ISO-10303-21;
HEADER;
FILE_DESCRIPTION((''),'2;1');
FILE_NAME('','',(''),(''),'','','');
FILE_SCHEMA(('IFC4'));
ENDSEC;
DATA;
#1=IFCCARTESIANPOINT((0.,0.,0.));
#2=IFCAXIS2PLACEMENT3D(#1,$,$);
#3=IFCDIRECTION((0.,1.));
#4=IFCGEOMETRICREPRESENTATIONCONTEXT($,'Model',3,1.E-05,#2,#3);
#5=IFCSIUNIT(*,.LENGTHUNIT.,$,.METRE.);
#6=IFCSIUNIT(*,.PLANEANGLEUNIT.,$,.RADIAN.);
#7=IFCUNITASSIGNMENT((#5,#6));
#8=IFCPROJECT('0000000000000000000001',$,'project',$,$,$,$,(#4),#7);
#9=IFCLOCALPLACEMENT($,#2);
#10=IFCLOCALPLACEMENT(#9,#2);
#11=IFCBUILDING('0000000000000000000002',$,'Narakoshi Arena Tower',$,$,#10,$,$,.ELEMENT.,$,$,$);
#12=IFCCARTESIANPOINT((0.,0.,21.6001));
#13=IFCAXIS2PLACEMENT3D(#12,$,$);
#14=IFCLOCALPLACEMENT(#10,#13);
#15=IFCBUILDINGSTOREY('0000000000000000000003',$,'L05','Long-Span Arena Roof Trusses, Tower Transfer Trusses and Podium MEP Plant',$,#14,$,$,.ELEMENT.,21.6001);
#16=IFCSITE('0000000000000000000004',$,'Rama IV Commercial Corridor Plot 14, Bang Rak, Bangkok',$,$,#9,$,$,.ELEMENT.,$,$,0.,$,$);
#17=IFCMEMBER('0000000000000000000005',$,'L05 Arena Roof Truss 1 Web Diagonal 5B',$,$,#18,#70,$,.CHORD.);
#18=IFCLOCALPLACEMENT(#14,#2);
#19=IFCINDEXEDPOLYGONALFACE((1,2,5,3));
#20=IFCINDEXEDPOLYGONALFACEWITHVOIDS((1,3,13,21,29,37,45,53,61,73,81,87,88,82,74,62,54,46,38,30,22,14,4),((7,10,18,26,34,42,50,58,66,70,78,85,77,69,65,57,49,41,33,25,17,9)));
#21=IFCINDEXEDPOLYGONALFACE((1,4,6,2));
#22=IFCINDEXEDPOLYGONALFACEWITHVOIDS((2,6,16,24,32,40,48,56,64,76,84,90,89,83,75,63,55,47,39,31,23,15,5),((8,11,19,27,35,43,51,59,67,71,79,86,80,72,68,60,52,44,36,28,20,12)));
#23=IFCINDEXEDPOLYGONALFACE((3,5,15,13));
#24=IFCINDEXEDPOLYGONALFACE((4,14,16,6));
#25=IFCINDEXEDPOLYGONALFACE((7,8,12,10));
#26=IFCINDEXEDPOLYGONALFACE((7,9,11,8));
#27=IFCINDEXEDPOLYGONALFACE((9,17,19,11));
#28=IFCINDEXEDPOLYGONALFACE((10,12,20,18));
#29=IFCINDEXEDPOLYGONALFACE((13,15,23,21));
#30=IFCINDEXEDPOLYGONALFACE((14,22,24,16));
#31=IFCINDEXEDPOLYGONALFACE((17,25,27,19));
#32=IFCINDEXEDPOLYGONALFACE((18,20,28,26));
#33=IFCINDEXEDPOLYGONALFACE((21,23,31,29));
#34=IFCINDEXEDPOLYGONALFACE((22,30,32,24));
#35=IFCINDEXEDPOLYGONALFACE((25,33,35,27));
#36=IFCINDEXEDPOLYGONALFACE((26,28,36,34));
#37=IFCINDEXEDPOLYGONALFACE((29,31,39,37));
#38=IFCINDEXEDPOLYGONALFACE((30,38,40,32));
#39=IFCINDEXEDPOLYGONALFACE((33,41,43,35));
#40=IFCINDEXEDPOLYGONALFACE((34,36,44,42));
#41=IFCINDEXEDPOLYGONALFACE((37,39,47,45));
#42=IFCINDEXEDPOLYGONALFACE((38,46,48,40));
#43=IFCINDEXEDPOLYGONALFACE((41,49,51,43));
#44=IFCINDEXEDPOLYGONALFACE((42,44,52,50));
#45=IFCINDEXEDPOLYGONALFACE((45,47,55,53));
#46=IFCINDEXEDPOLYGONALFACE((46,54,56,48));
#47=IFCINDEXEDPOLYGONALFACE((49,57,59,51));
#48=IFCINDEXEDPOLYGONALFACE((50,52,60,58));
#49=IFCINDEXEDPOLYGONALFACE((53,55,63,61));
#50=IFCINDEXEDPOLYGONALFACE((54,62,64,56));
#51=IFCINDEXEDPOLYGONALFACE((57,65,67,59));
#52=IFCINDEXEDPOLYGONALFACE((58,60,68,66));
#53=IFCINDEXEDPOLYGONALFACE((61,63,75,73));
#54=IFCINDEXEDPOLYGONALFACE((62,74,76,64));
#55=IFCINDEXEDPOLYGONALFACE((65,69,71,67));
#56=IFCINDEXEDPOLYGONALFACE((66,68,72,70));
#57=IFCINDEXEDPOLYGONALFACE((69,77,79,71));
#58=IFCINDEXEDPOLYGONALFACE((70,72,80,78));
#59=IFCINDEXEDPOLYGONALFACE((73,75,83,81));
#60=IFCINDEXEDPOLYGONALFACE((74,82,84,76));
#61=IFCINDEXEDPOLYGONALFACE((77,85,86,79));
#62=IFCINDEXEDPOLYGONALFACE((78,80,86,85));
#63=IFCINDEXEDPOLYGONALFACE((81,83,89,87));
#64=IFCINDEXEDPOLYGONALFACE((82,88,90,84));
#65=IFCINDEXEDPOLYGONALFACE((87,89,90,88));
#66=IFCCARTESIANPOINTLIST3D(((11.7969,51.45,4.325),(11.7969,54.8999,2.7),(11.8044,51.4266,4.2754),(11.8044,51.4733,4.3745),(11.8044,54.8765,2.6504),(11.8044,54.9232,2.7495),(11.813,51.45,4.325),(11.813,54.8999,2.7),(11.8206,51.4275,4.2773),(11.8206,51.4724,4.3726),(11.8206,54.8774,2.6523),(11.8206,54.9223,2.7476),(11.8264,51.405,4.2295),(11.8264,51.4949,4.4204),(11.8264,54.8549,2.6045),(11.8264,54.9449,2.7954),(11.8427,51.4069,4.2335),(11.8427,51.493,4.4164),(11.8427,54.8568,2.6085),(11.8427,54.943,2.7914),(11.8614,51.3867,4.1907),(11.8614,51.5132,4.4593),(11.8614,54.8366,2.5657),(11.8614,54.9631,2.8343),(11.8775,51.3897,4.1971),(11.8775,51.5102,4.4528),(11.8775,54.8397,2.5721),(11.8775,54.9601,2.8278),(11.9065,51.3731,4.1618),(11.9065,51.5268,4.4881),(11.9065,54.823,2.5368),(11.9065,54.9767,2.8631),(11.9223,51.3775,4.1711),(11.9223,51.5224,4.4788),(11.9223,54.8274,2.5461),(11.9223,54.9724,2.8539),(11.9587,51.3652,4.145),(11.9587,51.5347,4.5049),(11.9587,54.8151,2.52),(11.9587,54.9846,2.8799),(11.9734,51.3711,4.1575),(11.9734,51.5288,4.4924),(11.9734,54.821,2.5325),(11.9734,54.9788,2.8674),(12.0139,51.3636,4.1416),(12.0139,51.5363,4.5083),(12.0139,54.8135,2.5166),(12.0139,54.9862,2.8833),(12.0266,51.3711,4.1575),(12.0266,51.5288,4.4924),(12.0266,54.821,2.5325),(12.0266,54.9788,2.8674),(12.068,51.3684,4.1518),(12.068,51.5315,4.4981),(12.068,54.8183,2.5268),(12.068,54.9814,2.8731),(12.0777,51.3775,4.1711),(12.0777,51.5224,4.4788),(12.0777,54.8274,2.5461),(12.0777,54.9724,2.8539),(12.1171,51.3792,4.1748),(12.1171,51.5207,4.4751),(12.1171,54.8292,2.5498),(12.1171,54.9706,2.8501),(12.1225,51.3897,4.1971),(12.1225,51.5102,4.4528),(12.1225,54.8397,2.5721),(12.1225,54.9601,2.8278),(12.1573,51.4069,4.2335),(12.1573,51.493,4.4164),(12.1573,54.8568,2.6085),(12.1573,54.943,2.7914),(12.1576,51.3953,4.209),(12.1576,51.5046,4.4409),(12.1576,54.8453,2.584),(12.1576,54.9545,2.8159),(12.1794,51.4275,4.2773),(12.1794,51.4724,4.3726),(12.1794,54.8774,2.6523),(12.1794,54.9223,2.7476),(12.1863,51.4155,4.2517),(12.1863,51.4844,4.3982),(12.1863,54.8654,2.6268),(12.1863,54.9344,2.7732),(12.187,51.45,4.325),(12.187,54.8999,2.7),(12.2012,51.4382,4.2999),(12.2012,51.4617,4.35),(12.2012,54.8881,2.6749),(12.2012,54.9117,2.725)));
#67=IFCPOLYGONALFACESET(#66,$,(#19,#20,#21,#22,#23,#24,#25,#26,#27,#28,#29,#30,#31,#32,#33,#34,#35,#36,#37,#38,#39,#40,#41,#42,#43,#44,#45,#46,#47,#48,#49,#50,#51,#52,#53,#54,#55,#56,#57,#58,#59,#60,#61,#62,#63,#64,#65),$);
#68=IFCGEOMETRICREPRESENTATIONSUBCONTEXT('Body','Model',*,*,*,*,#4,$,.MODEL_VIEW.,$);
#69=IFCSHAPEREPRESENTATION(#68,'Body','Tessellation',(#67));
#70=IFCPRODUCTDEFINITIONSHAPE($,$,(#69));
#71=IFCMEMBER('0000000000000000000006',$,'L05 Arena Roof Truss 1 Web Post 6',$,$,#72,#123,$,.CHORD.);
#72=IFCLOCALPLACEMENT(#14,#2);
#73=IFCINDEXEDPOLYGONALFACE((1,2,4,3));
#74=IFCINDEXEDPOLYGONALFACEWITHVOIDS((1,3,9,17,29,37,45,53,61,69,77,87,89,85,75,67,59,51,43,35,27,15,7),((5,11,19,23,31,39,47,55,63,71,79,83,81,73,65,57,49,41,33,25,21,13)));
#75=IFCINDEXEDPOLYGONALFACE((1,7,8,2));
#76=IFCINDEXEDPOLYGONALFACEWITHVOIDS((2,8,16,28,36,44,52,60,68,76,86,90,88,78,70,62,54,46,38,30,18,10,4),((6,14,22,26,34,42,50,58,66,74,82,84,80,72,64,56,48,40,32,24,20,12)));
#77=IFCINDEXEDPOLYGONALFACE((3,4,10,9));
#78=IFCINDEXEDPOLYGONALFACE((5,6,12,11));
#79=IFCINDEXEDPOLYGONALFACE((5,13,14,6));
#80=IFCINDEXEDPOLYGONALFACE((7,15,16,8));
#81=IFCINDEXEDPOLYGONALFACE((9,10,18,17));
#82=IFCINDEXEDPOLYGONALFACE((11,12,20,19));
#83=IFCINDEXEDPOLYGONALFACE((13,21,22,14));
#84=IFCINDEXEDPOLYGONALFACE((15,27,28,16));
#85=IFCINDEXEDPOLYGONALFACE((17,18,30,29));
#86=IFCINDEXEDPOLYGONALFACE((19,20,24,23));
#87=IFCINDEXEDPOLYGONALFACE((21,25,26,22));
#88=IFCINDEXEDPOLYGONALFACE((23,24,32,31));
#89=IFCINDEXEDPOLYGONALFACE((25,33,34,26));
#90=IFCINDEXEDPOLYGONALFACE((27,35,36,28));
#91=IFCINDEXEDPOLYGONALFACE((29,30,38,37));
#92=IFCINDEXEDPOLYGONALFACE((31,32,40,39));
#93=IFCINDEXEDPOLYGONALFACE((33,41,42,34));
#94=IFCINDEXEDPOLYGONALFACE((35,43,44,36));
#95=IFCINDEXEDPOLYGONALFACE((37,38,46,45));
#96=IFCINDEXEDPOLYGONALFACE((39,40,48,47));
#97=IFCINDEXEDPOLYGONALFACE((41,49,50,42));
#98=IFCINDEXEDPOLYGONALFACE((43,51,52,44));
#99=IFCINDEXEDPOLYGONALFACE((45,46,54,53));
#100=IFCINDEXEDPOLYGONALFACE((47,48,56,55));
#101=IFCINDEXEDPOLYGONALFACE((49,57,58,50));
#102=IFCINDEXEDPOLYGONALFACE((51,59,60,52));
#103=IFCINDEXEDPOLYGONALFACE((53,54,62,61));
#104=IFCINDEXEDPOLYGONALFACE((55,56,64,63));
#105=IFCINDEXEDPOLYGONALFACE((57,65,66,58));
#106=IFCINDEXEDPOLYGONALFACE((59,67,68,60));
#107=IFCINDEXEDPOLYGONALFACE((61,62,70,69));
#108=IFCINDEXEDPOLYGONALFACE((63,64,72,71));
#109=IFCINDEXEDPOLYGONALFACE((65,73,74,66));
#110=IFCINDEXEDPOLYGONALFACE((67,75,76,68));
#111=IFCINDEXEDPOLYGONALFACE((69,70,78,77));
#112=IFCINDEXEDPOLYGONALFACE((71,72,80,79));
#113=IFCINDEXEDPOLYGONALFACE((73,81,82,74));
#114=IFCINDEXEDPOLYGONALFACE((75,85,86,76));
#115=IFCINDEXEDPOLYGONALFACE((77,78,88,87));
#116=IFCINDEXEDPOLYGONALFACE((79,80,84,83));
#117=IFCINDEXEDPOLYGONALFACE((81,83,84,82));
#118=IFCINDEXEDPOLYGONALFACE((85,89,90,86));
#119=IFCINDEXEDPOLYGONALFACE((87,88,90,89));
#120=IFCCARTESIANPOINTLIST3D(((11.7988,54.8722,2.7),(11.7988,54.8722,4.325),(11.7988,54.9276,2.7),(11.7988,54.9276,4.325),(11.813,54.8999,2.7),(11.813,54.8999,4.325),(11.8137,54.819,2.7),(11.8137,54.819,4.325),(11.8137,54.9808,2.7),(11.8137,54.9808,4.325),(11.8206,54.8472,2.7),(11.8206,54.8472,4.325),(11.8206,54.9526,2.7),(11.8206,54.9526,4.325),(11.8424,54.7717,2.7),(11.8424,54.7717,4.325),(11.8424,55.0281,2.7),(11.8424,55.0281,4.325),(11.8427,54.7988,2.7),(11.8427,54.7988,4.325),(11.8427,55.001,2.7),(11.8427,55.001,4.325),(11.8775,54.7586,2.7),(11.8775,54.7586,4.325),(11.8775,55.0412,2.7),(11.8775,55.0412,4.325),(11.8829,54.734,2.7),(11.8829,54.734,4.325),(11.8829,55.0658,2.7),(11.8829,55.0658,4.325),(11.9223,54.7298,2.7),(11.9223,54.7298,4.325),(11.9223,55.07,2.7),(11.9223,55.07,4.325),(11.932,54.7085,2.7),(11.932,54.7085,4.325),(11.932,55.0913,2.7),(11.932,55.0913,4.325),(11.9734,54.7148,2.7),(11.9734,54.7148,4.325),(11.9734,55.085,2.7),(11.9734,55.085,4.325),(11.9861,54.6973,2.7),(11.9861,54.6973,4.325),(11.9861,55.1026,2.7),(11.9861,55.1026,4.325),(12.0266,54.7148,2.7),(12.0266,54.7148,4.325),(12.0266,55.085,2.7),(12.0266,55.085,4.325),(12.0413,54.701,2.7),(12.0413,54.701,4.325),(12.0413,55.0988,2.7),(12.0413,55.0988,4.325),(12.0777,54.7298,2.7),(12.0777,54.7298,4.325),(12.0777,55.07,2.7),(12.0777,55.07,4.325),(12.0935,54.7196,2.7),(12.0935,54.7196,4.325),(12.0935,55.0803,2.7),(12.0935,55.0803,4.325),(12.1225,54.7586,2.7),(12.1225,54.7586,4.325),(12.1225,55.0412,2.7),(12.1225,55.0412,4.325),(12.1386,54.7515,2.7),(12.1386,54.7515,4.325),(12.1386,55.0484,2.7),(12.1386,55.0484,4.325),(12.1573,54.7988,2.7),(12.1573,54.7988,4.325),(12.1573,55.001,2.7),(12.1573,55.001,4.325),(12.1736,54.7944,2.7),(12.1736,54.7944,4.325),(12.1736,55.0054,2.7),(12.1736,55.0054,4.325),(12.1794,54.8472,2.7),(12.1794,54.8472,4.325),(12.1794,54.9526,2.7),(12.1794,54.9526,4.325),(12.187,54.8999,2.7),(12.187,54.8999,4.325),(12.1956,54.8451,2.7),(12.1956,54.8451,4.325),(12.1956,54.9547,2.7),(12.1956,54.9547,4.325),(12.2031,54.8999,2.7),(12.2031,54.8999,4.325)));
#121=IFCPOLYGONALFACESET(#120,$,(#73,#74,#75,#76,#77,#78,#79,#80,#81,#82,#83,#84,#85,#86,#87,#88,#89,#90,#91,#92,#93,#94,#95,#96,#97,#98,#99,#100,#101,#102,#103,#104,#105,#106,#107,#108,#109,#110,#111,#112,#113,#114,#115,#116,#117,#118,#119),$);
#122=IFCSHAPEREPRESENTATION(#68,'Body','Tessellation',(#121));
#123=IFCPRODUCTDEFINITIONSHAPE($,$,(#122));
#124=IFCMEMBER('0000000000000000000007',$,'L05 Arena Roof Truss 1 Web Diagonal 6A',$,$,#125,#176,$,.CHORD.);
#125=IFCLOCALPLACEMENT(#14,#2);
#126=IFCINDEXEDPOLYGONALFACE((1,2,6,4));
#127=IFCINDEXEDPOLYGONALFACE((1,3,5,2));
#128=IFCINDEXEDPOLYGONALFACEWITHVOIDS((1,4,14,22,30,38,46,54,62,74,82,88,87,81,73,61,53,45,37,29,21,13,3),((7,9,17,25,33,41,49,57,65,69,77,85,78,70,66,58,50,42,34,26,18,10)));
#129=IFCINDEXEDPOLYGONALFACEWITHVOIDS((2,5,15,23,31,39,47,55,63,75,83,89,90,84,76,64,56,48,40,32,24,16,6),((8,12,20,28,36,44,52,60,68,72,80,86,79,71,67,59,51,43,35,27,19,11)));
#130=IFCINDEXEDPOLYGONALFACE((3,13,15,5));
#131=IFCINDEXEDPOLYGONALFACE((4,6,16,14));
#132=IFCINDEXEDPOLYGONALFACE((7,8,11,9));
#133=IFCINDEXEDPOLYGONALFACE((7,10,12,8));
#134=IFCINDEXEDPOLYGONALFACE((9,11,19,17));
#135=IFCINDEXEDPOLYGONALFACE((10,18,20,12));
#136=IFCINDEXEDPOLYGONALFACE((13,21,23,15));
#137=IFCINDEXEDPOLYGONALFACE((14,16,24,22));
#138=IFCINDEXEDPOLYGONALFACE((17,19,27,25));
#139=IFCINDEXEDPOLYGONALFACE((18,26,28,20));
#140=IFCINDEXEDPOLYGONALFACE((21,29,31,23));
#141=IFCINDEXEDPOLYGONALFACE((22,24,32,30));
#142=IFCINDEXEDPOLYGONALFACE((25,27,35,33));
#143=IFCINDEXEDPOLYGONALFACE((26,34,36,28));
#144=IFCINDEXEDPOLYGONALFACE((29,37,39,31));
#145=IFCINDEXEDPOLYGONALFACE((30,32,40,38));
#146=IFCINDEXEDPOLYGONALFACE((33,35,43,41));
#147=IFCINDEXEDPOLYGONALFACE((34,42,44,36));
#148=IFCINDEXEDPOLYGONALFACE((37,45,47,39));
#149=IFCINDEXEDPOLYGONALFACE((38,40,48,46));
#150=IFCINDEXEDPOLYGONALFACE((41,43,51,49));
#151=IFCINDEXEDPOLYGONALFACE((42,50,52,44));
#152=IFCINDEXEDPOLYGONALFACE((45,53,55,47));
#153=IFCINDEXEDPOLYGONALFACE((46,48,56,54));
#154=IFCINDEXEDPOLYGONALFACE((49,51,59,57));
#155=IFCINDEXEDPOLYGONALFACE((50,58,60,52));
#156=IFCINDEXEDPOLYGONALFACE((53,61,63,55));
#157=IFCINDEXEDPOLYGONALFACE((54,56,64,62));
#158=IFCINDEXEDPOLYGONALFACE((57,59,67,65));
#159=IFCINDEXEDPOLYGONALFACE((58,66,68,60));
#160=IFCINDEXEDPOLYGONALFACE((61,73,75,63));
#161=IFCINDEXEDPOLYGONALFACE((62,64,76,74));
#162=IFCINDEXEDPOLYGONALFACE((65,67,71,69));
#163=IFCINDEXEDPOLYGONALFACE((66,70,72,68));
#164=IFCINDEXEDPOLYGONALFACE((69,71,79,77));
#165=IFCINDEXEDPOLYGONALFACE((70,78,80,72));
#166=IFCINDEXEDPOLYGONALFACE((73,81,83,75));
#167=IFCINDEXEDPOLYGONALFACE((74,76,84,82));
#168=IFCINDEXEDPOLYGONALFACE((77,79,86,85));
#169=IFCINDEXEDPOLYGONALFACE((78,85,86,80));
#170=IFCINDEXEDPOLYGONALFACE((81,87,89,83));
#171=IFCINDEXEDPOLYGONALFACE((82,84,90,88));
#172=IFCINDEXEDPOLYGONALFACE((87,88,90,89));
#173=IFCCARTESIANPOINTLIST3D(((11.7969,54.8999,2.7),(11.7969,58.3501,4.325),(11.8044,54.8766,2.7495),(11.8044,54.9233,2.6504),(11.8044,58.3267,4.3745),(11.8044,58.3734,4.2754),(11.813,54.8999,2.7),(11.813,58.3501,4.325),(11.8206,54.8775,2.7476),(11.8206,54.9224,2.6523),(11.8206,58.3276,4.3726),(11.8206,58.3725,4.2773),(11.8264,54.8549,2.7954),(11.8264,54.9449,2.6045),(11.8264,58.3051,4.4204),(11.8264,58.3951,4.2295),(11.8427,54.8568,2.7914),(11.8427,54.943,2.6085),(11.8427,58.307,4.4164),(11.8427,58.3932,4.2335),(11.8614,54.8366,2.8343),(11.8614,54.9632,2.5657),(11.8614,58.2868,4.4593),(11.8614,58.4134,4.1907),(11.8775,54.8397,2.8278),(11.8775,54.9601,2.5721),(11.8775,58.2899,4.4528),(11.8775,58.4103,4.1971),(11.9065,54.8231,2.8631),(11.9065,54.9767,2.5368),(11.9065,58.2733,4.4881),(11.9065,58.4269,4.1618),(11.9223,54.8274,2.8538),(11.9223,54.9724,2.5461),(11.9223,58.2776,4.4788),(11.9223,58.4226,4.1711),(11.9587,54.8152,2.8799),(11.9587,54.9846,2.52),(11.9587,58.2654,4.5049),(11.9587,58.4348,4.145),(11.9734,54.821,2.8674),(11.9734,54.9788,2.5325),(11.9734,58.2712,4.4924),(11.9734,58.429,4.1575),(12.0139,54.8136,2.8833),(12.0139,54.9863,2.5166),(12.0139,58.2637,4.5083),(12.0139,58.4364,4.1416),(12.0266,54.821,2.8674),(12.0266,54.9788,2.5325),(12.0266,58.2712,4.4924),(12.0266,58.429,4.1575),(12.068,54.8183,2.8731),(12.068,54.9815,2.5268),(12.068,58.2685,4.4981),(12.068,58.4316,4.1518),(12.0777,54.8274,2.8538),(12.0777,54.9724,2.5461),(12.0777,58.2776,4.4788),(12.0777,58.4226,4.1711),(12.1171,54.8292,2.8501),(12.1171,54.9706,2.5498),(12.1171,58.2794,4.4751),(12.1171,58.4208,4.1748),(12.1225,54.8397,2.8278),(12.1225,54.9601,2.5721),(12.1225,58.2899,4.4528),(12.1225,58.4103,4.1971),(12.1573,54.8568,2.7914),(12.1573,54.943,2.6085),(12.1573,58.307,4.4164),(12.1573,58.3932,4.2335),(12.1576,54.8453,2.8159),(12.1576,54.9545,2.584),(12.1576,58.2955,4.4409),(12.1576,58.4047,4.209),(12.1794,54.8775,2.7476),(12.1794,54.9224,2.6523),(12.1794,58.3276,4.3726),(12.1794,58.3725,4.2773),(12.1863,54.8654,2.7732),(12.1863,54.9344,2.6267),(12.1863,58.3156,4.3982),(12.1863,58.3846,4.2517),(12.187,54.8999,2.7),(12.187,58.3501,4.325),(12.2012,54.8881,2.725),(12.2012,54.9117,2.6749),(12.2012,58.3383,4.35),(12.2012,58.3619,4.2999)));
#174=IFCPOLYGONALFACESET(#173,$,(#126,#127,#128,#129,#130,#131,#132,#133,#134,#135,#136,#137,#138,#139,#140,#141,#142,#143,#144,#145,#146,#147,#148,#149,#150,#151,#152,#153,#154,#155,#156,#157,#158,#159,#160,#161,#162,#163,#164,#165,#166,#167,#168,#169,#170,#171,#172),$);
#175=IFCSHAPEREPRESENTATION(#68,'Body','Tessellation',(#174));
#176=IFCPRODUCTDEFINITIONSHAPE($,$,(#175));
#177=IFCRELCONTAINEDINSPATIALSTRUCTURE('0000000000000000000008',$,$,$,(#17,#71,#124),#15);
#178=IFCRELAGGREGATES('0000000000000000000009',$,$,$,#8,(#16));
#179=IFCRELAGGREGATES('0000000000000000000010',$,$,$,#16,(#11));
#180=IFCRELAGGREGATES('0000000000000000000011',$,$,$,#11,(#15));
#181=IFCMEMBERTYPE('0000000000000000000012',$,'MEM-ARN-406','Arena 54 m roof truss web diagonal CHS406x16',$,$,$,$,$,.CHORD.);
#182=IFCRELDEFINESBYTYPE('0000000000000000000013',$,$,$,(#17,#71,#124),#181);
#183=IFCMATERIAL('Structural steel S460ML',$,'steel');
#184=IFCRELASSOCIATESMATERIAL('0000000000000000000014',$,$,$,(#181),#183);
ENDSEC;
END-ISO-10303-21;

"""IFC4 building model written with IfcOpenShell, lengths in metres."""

from ifc_helpers import new_model, si_unit, direction, frame, origin, origin_2d, place, context, subcontext, project, spatial, hollow_circle, extrude, material, material_profile, profile_set, type_object, element, save


model = new_model("IFC4")

# Units and contexts
model_context = context("Model", 3, precision=1e-05, world=origin(), true_north=direction((0.0, 1.0)))
body_context = subcontext(model_context, "Body", "Model", "MODEL_VIEW")
ifc_project = project(units=[si_unit("LENGTHUNIT", "METRE"), si_unit("PLANEANGLEUNIT", "RADIAN")], contexts=[model_context])

# Site, building, storey
site_placement = place(None, origin())
site = spatial("IfcSite", under=ifc_project, at=site_placement, Name="Rama IV Commercial Corridor Plot 14, Bang Rak, Bangkok", CompositionType="ELEMENT", RefElevation=0.0)
building_placement = place(site_placement, origin())
building = spatial("IfcBuilding", under=site, at=building_placement, Name="Narakoshi Arena Tower", CompositionType="ELEMENT")
storey_placement = place(building_placement, frame((0.0, 0.0, 21.6001)))
storey = spatial("IfcBuildingStorey", under=building, at=storey_placement, Name="L05", Description="Long-Span Arena Roof Trusses, Tower Transfer Trusses and Podium MEP Plant", CompositionType="ELEMENT", Elevation=21.6001)

# Shared definitions
ifc_material_1 = material(Name="Structural steel S460ML", Category="steel")

# Members
ifc_material_profile_1 = material_profile(ifc_material_1, hollow_circle(Radius=0.2031, WallThickness=0.0161, at=origin_2d()), Name="CHS406x16")
ifc_profile_set_1 = profile_set([ifc_material_profile_1], Name="Structural steel S460ML")
member_type = type_object("IfcMemberType", Name="MEM-ARN-406", Description="Arena 54 m roof truss web diagonal CHS406x16", PredefinedType="CHORD", material=ifc_profile_set_1)
member_1_placement = place(storey_placement, frame((12.0, 51.45, 4.325), z_axis=(0.0, 0.904668, -0.426118), x_axis=(-1.0, 0.0, 0.0)))
element("IfcMember", 1, at=member_1_placement, inside=storey, type_object=member_type, Name="L05 Arena Roof Truss 1 Web Diagonal 5B", PredefinedType="CHORD", context=body_context, shape_type="SweptSolid", body=[
    extrude(hollow_circle(Radius=0.2031, WallThickness=0.0161, at=origin_2d()), origin(), (0.0, 0.0, 1.0), 3.8135),
])
member_2_placement = place(storey_placement, frame((12.0, 54.8999, 2.7), z_axis=(0.0, 0.0, 1.0), x_axis=(1.0, 0.0, 0.0)))
element("IfcMember", 2, at=member_2_placement, inside=storey, type_object=member_type, Name="L05 Arena Roof Truss 1 Web Post 6", PredefinedType="CHORD", context=body_context, shape_type="SweptSolid", body=[
    extrude(hollow_circle(Radius=0.2031, WallThickness=0.0161, at=origin_2d()), origin(), (0.0, 0.0, 1.0), 1.625),
])
member_3_placement = place(storey_placement, frame((12.0, 54.8999, 2.7), z_axis=(0.0, 0.904679, 0.426093), x_axis=(-1.0, 0.0, 0.0)))
element("IfcMember", 3, at=member_3_placement, inside=storey, type_object=member_type, Name="L05 Arena Roof Truss 1 Web Diagonal 6A", PredefinedType="CHORD", context=body_context, shape_type="SweptSolid", body=[
    extrude(hollow_circle(Radius=0.2031, WallThickness=0.0161, at=origin_2d()), origin(), (0.0, 0.0, 1.0), 3.8137),
])

save(model, "model.ifc")
